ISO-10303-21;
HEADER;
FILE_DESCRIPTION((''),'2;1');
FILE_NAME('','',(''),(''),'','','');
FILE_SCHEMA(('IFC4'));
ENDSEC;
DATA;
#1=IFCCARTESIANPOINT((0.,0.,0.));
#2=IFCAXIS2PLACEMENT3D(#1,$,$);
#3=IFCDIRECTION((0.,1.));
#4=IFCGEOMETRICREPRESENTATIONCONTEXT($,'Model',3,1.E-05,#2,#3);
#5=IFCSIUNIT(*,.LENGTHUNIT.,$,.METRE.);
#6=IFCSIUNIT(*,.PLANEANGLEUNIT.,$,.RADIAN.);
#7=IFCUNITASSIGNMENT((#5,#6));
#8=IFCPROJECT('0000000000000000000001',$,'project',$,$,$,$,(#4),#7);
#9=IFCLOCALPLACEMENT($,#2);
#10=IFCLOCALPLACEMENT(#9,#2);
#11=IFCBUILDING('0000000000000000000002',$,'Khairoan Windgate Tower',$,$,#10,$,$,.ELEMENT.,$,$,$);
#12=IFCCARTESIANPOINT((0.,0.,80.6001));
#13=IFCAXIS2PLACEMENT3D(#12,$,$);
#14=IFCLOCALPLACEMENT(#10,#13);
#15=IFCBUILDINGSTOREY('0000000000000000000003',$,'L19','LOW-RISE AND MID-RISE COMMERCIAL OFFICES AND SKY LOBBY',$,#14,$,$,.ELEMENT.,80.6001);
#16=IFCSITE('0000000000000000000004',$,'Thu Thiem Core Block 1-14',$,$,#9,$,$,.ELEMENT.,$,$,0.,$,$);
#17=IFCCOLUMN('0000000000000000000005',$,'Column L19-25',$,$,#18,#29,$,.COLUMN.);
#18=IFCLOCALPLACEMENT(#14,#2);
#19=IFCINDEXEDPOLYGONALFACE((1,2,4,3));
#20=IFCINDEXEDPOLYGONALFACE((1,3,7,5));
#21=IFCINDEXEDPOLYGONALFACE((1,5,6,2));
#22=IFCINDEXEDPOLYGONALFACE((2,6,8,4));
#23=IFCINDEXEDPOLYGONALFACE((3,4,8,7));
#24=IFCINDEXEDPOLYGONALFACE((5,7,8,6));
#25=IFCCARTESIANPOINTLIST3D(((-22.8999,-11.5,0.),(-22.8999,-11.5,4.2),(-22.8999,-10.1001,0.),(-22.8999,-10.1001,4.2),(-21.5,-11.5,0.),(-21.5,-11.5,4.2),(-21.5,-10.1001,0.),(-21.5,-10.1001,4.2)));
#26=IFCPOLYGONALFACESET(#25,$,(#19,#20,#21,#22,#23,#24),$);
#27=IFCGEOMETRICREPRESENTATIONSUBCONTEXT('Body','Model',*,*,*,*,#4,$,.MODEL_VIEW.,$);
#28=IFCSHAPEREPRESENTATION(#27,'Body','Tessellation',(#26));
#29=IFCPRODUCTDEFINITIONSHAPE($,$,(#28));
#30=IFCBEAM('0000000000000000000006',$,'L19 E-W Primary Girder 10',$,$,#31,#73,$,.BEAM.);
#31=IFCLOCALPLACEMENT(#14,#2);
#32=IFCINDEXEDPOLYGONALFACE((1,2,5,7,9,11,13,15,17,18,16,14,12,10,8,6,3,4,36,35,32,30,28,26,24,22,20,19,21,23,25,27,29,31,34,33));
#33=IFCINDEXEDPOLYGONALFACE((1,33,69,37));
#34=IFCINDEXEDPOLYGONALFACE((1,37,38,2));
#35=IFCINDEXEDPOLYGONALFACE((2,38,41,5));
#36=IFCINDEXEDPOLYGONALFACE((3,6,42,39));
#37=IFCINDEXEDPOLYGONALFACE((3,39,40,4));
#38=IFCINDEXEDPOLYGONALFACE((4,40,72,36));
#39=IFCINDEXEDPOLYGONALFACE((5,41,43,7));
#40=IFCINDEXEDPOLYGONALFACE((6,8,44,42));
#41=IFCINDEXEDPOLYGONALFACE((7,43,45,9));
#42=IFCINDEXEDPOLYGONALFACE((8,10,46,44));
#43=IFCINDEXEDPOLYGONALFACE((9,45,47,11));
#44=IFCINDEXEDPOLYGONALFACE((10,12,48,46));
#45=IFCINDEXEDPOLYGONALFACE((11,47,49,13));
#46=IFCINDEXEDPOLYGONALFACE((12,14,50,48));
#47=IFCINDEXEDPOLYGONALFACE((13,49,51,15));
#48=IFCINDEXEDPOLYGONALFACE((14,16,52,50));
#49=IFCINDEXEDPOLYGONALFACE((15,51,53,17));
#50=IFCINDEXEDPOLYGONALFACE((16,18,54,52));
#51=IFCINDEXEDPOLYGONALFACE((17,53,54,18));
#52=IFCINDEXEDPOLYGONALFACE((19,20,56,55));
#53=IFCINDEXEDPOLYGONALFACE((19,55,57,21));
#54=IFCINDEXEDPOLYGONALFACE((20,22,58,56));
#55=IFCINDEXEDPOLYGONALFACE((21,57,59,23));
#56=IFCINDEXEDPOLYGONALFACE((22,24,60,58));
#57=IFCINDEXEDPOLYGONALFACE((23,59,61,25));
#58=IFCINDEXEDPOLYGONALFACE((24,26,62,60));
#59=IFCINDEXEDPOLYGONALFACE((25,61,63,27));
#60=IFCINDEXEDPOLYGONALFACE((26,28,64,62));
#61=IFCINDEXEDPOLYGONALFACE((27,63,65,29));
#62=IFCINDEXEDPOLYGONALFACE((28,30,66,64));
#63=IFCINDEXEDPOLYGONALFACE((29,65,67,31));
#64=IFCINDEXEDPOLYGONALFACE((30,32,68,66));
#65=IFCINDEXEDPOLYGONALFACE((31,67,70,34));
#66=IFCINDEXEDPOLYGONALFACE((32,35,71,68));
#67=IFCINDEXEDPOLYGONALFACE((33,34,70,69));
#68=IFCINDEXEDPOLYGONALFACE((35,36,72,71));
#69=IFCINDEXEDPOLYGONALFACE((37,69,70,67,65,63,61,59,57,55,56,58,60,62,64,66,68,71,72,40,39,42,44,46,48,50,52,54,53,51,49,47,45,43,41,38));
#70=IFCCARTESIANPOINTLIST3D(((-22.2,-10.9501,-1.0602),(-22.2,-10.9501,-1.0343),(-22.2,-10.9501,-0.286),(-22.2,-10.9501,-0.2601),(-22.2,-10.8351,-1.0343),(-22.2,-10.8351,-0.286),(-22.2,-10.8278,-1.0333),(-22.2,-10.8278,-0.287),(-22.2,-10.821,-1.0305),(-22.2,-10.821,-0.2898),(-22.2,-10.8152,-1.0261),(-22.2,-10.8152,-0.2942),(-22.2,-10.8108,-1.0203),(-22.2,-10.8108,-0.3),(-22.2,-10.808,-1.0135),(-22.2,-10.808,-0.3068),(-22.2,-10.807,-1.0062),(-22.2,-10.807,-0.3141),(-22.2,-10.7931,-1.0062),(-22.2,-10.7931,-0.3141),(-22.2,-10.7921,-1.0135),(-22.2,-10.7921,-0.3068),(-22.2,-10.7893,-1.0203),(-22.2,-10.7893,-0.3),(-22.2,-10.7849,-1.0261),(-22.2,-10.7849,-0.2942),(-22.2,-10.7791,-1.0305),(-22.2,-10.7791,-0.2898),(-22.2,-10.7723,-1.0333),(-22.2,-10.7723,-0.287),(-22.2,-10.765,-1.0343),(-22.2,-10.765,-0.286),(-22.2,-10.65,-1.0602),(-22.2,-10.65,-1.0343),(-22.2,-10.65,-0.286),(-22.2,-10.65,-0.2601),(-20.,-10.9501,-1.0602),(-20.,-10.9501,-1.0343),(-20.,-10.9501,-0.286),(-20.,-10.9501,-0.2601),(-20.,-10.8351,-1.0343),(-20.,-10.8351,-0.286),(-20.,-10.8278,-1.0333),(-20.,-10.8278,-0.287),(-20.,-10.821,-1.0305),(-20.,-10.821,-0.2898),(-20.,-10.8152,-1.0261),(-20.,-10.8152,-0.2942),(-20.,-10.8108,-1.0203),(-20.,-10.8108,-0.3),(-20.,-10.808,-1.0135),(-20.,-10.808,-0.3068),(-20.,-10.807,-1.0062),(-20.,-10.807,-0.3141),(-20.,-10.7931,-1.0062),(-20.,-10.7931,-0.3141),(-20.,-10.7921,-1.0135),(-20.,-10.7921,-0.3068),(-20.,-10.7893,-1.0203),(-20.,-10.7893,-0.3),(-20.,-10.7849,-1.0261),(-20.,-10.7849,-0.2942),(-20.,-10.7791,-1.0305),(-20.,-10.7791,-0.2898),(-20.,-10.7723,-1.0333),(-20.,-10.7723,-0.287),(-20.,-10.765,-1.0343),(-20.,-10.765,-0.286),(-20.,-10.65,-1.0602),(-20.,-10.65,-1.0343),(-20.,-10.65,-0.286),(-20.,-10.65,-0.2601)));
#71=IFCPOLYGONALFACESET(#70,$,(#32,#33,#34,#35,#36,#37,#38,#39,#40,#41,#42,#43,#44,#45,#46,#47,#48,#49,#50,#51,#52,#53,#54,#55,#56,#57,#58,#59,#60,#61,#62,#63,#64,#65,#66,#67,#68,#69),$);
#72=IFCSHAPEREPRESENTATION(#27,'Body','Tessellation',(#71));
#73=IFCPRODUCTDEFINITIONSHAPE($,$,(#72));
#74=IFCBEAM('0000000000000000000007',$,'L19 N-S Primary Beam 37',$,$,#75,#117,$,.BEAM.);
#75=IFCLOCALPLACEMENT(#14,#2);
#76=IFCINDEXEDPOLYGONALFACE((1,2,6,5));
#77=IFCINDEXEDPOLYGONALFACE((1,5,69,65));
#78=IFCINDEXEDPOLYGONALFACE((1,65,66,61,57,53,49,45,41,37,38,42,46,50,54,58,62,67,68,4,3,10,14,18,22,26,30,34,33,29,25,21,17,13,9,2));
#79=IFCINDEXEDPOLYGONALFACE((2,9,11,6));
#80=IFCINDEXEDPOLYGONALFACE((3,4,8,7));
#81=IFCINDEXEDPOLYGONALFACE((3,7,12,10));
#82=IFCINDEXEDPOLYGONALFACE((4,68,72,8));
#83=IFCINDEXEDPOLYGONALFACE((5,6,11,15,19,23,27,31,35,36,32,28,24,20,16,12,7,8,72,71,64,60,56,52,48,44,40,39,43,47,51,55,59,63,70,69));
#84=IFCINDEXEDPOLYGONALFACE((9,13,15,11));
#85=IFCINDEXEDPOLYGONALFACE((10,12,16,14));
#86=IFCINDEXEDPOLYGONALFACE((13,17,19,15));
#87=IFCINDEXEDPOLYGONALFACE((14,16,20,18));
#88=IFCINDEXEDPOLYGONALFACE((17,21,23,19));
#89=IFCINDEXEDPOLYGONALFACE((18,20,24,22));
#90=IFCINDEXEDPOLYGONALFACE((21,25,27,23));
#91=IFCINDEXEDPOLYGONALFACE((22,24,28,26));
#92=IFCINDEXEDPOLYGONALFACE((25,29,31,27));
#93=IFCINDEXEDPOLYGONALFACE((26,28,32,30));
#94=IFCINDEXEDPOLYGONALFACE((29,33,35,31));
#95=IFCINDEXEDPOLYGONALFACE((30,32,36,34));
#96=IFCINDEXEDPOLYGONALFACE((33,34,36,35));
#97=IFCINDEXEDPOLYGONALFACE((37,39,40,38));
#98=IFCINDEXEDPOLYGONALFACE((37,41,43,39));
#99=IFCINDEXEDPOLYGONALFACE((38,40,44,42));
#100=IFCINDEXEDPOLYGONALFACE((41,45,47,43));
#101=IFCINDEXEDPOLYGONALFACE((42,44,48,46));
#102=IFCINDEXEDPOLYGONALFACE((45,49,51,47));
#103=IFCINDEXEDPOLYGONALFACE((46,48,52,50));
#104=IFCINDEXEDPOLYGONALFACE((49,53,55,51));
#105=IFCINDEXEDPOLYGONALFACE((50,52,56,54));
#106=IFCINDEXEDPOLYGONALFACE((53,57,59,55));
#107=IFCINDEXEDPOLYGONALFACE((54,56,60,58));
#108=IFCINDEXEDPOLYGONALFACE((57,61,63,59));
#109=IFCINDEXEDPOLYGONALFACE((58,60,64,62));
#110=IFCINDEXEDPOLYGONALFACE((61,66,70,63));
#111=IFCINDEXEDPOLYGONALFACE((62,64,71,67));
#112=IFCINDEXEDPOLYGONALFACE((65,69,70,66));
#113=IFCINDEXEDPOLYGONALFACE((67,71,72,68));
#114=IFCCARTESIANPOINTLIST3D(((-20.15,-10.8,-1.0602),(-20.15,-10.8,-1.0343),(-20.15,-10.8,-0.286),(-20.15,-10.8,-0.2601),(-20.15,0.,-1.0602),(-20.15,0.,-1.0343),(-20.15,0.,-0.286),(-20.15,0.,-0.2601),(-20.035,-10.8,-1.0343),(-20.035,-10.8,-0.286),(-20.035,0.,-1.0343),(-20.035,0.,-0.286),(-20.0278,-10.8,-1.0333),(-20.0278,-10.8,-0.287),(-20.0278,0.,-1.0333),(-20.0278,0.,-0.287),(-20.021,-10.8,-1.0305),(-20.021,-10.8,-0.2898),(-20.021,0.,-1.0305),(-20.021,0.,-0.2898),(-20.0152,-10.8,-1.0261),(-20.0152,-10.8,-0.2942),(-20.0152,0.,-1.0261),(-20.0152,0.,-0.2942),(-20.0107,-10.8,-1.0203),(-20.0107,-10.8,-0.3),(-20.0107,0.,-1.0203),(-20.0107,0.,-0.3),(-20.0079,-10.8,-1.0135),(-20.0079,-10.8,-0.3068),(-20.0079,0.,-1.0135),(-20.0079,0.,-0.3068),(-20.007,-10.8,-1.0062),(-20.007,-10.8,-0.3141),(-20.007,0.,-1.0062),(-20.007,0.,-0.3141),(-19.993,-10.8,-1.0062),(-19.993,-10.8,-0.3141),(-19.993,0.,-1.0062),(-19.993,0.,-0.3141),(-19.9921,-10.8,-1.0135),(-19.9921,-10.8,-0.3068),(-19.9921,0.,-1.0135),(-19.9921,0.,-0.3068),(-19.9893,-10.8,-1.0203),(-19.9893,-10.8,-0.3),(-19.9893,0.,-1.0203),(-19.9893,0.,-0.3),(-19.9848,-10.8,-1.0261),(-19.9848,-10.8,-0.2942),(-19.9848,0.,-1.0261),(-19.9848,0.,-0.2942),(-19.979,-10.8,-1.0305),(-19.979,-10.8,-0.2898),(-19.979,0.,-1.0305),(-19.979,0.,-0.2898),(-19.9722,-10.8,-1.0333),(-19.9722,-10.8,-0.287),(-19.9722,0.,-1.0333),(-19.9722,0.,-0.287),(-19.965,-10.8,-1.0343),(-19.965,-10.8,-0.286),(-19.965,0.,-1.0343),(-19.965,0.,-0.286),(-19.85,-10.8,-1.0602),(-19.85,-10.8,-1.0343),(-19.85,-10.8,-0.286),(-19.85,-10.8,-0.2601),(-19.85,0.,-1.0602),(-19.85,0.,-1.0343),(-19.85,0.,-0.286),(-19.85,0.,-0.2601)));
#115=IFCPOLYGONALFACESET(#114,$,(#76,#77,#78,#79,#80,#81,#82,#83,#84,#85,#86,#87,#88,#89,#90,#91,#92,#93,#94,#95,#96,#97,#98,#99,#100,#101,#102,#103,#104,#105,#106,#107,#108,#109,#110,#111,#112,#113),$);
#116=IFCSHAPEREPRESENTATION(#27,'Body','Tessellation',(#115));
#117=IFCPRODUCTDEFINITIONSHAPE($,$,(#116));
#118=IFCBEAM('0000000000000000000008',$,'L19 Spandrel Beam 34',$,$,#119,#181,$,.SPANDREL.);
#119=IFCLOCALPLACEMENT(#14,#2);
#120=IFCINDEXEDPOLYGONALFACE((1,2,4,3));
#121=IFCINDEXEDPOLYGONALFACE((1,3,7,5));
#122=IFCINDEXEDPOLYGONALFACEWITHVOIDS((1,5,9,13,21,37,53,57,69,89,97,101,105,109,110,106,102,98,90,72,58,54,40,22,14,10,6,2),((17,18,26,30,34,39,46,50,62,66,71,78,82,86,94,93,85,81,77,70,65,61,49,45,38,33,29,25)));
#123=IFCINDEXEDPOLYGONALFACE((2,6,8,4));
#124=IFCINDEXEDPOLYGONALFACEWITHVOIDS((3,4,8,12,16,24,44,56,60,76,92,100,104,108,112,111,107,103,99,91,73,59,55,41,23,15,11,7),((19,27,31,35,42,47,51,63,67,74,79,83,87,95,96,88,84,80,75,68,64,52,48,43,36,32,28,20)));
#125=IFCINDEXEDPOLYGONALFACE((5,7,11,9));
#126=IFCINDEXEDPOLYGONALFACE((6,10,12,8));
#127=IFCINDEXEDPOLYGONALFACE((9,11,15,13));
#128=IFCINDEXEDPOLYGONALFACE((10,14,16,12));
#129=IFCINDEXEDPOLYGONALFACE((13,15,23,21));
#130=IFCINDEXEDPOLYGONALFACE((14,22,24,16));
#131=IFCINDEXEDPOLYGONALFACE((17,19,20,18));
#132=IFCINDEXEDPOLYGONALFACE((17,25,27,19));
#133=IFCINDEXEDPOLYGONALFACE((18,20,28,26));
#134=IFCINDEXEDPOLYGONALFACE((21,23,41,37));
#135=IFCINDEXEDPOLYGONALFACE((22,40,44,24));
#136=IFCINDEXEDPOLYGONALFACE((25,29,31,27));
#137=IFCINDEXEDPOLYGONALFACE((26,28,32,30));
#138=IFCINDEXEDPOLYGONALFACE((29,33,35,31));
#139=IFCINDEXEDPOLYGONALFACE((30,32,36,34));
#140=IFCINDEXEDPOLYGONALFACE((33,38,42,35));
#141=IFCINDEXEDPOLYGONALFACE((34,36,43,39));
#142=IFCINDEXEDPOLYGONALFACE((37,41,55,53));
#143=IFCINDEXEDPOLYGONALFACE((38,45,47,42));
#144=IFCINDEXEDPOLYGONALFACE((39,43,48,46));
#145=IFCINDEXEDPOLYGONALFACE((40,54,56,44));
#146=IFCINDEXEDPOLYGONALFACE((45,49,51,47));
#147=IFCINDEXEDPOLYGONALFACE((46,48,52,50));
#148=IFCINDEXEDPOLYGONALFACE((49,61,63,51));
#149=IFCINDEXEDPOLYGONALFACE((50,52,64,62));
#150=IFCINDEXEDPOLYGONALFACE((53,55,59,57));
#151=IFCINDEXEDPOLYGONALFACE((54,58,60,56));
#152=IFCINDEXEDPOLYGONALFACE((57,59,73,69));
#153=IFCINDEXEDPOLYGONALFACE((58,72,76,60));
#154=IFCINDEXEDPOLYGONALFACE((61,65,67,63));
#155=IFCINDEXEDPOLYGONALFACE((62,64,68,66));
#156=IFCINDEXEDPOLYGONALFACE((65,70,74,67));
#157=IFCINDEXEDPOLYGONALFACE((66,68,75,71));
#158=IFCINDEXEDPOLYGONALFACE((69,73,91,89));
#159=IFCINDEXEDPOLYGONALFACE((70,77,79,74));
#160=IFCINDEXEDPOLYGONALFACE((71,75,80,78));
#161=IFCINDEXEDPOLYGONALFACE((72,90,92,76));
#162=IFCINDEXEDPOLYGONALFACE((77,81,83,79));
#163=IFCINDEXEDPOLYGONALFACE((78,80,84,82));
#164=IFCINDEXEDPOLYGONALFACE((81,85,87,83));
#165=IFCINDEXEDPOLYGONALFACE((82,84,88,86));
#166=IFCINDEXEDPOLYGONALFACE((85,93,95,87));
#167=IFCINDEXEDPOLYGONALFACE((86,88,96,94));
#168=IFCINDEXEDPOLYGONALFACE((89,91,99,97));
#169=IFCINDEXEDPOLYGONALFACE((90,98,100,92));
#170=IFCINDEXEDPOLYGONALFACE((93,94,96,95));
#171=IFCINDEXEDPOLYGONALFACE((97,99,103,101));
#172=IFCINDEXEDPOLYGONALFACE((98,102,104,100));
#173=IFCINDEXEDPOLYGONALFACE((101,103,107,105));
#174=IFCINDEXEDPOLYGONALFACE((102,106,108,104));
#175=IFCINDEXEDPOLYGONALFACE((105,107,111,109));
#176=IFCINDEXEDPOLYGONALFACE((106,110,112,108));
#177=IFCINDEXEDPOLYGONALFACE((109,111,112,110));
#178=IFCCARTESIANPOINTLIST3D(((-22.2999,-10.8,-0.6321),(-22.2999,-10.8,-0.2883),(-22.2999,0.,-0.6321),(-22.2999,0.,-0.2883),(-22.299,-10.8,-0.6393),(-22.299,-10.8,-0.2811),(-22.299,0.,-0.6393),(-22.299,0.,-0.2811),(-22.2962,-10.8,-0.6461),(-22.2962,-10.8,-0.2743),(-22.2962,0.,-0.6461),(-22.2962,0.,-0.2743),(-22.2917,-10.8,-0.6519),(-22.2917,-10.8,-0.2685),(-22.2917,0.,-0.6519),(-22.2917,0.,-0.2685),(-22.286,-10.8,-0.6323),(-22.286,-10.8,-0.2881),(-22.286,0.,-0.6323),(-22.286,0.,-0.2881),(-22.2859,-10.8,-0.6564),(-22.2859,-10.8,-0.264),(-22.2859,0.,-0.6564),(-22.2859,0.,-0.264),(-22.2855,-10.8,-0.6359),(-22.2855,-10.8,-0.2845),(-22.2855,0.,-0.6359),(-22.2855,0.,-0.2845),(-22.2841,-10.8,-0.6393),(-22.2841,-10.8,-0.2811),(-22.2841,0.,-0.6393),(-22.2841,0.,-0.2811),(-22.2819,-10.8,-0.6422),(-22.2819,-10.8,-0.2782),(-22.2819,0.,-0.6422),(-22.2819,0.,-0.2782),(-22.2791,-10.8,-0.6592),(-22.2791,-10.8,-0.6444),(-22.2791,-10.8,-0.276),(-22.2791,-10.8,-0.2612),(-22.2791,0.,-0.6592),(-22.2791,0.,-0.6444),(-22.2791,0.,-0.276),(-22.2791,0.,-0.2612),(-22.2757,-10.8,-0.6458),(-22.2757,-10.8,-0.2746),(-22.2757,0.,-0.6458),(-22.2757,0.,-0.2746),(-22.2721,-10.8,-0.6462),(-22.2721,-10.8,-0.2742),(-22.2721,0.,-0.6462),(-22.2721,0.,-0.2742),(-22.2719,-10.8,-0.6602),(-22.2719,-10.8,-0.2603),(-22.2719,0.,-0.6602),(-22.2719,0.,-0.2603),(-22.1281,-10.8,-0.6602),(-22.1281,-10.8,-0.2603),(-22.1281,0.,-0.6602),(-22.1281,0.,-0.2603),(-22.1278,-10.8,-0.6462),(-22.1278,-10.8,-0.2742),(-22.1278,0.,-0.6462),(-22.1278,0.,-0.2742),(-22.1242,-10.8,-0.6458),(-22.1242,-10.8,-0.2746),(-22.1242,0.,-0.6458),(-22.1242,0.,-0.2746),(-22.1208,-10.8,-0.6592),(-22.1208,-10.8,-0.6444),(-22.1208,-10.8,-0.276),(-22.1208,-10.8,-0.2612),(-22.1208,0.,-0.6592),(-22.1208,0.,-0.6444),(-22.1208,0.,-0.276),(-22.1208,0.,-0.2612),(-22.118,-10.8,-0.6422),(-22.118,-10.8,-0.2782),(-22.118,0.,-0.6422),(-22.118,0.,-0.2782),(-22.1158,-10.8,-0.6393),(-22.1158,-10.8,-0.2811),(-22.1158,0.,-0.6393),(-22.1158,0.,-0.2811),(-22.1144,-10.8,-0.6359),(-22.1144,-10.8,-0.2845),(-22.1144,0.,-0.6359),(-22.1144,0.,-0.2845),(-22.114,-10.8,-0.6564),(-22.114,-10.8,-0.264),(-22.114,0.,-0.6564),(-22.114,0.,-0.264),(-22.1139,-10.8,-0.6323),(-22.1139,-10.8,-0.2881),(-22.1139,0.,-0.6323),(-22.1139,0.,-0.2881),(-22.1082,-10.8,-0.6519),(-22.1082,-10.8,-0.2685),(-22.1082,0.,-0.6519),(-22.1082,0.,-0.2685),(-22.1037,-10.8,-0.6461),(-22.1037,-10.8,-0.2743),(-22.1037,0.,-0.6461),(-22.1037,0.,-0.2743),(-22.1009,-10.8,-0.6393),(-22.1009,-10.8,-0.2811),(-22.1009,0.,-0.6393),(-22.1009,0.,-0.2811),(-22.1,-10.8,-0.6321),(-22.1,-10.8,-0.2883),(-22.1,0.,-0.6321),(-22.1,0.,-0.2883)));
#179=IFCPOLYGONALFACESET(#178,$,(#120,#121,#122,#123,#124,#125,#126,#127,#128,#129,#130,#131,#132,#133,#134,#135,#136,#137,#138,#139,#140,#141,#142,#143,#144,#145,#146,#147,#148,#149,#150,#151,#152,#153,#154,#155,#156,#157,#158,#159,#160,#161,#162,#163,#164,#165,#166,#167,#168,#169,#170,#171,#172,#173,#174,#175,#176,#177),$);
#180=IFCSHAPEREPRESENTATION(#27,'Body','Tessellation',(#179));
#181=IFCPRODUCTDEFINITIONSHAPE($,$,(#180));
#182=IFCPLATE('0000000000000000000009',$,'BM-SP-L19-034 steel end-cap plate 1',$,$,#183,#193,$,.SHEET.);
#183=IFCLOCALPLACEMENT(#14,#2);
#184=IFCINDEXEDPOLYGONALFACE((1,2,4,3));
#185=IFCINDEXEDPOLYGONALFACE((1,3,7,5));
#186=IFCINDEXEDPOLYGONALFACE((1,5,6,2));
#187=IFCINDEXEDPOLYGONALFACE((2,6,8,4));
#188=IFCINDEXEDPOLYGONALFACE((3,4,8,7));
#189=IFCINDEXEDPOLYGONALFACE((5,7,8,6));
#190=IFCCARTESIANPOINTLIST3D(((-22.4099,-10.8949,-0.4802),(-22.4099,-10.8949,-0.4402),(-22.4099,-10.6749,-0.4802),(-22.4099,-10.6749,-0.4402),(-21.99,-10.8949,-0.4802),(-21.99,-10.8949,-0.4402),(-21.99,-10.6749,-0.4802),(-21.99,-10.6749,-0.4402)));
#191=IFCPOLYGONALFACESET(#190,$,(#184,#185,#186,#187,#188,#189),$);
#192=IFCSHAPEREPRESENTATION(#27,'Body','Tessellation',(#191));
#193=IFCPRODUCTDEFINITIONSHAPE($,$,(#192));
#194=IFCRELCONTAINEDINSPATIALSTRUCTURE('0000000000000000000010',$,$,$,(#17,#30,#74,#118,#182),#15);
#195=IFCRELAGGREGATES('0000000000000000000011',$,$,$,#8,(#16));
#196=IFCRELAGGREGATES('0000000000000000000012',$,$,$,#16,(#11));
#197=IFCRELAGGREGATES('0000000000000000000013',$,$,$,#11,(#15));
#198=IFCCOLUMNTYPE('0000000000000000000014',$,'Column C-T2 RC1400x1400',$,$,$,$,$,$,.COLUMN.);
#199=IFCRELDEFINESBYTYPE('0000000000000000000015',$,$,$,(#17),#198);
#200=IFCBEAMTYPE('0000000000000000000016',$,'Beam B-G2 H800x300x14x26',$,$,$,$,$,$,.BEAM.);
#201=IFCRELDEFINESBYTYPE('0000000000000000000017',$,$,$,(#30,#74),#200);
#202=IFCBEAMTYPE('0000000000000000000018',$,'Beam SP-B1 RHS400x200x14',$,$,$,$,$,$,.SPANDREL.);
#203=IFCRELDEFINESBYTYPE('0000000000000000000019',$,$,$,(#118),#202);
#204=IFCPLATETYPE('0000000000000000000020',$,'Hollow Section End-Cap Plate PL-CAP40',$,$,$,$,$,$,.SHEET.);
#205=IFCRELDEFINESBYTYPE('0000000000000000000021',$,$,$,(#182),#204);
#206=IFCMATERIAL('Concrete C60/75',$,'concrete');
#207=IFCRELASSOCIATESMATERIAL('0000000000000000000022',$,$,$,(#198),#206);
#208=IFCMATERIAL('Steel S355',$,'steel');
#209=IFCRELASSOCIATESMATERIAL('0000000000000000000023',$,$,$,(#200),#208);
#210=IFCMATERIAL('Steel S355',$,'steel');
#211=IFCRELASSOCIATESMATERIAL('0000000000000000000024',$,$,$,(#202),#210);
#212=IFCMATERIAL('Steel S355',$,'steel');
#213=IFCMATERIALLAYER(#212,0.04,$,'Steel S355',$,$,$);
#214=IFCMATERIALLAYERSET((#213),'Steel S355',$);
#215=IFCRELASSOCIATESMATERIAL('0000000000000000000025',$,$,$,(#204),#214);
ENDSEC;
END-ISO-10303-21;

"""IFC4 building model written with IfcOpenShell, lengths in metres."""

from ifc_helpers import new_model, si_unit, direction, frame, origin, origin_2d, place, context, subcontext, project, spatial, rectangle, hollow_rectangle, i_section, extrude, material, layer, layer_set, material_profile, profile_set, type_object, element, save


model = new_model("IFC4")

# Units and contexts
model_context = context("Model", 3, precision=1e-05, world=origin(), true_north=direction((0.0, 1.0)))
body_context = subcontext(model_context, "Body", "Model", "MODEL_VIEW")
ifc_project = project(units=[si_unit("LENGTHUNIT", "METRE"), si_unit("PLANEANGLEUNIT", "RADIAN")], contexts=[model_context])

# Site, building, storey
site_placement = place(None, origin())
site = spatial("IfcSite", under=ifc_project, at=site_placement, Name="Thu Thiem Core Block 1-14", CompositionType="ELEMENT", RefElevation=0.0)
building_placement = place(site_placement, origin())
building = spatial("IfcBuilding", under=site, at=building_placement, Name="Khairoan Windgate Tower", CompositionType="ELEMENT")
storey_placement = place(building_placement, frame((0.0, 0.0, 80.6001)))
storey = spatial("IfcBuildingStorey", under=building, at=storey_placement, Name="L19", Description="LOW-RISE AND MID-RISE COMMERCIAL OFFICES AND SKY LOBBY", CompositionType="ELEMENT", Elevation=80.6001)

# Column
ifc_material_1 = material(Name="Concrete C60/75", Category="concrete")
ifc_material_profile_1 = material_profile(ifc_material_1, rectangle(XDim=1.3999, YDim=1.3999, at=origin_2d()))
ifc_profile_set_1 = profile_set([ifc_material_profile_1], Name="Concrete C60/75")
column_type = type_object("IfcColumnType", Name="Column C-T2 RC1400x1400", PredefinedType="COLUMN", material=ifc_profile_set_1)
column_placement = place(storey_placement, frame((-22.2, -10.8, 0.0), z_axis=(0.0, 0.0, 1.0), x_axis=(1.0, 0.0, 0.0)))
element("IfcColumn", 1, at=column_placement, inside=storey, type_object=column_type, Name="Column L19-25", PredefinedType="COLUMN", context=body_context, shape_type="SweptSolid", body=[
    extrude(rectangle(XDim=1.3999, YDim=1.3999, at=origin_2d()), origin(), (0.0, 0.0, 1.0), 4.2),
])

# Beams
ifc_material_2 = material(Name="Steel S355", Category="steel")
ifc_material_profile_2 = material_profile(ifc_material_2, i_section(OverallWidth=0.3, OverallDepth=0.8, WebThickness=0.0139, FlangeThickness=0.0259, FilletRadius=0.0281, at=origin_2d()))
ifc_profile_set_2 = profile_set([ifc_material_profile_2], Name="Steel S355")
beam_type_1 = type_object("IfcBeamType", Name="Beam B-G2 H800x300x14x26", PredefinedType="BEAM", material=ifc_profile_set_2)
beam_1_placement = place(storey_placement, frame((-22.2, -10.8, -0.6602), z_axis=(1.0, 0.0, 0.0), x_axis=(0.0, 1.0, 0.0)))
element("IfcBeam", 2, at=beam_1_placement, inside=storey, type_object=beam_type_1, Name="L19 E-W Primary Girder 10", PredefinedType="BEAM", context=body_context, shape_type="SweptSolid", body=[
    extrude(i_section(OverallWidth=0.3, OverallDepth=0.8, WebThickness=0.0139, FlangeThickness=0.0259, FilletRadius=0.0281, at=origin_2d()), origin(), (0.0, 0.0, 1.0), 2.2),
])
beam_2_placement = place(storey_placement, frame((-20.0, -10.8, -0.6602), z_axis=(0.0, 1.0, 0.0), x_axis=(-1.0, 0.0, 0.0)))
element("IfcBeam", 3, at=beam_2_placement, inside=storey, type_object=beam_type_1, Name="L19 N-S Primary Beam 37", PredefinedType="BEAM", context=body_context, shape_type="SweptSolid", body=[
    extrude(i_section(OverallWidth=0.3, OverallDepth=0.8, WebThickness=0.0139, FlangeThickness=0.0259, FilletRadius=0.0281, at=origin_2d()), origin(), (0.0, 0.0, 1.0), 10.8),
])
ifc_material_3 = material(Name="Steel S355", Category="steel")
ifc_material_profile_3 = material_profile(ifc_material_3, hollow_rectangle(XDim=0.2, YDim=0.3999, WallThickness=0.0139, InnerFilletRadius=0.0139, OuterFilletRadius=0.0281, at=origin_2d()))
ifc_profile_set_3 = profile_set([ifc_material_profile_3], Name="Steel S355")
beam_type_2 = type_object("IfcBeamType", Name="Beam SP-B1 RHS400x200x14", PredefinedType="SPANDREL", material=ifc_profile_set_3)
beam_3_placement = place(storey_placement, frame((-22.2, -10.8, -0.4602), z_axis=(0.0, 1.0, 0.0), x_axis=(-1.0, 0.0, 0.0)))
element("IfcBeam", 4, at=beam_3_placement, inside=storey, type_object=beam_type_2, Name="L19 Spandrel Beam 34", PredefinedType="SPANDREL", context=body_context, shape_type="SweptSolid", body=[
    extrude(hollow_rectangle(XDim=0.2, YDim=0.3999, WallThickness=0.0139, InnerFilletRadius=0.0139, OuterFilletRadius=0.0281, at=origin_2d()), origin(), (0.0, 0.0, 1.0), 10.8),
])

# Plate
ifc_material_4 = material(Name="Steel S355", Category="steel")
ifc_layer_1 = layer(ifc_material_4, 0.04, Name="Steel S355")
ifc_layer_set_1 = layer_set([ifc_layer_1], Name="Steel S355")
plate_type_1 = type_object("IfcPlateType", Name="Hollow Section End-Cap Plate PL-CAP40", PredefinedType="SHEET", material=ifc_layer_set_1)
for number, where, z_axis, x_axis, name in (
    (5, (-22.2, -10.7849, -0.4802), (0.0, 0.0, 1.0), (0.0, 1.0, 0.0), "BM-SP-L19-034 steel end-cap plate 1"),
):
    element("IfcPlate", number, at=place(storey_placement, frame(where, z_axis=z_axis, x_axis=x_axis)), inside=storey, type_object=plate_type_1, Name=name, PredefinedType="SHEET", context=body_context, shape_type="SweptSolid", body=[
        extrude(rectangle(XDim=0.22, YDim=0.4199, at=origin_2d()), origin(), (0.0, 0.0, 1.0), 0.04),
    ])

save(model, "model.ifc")
